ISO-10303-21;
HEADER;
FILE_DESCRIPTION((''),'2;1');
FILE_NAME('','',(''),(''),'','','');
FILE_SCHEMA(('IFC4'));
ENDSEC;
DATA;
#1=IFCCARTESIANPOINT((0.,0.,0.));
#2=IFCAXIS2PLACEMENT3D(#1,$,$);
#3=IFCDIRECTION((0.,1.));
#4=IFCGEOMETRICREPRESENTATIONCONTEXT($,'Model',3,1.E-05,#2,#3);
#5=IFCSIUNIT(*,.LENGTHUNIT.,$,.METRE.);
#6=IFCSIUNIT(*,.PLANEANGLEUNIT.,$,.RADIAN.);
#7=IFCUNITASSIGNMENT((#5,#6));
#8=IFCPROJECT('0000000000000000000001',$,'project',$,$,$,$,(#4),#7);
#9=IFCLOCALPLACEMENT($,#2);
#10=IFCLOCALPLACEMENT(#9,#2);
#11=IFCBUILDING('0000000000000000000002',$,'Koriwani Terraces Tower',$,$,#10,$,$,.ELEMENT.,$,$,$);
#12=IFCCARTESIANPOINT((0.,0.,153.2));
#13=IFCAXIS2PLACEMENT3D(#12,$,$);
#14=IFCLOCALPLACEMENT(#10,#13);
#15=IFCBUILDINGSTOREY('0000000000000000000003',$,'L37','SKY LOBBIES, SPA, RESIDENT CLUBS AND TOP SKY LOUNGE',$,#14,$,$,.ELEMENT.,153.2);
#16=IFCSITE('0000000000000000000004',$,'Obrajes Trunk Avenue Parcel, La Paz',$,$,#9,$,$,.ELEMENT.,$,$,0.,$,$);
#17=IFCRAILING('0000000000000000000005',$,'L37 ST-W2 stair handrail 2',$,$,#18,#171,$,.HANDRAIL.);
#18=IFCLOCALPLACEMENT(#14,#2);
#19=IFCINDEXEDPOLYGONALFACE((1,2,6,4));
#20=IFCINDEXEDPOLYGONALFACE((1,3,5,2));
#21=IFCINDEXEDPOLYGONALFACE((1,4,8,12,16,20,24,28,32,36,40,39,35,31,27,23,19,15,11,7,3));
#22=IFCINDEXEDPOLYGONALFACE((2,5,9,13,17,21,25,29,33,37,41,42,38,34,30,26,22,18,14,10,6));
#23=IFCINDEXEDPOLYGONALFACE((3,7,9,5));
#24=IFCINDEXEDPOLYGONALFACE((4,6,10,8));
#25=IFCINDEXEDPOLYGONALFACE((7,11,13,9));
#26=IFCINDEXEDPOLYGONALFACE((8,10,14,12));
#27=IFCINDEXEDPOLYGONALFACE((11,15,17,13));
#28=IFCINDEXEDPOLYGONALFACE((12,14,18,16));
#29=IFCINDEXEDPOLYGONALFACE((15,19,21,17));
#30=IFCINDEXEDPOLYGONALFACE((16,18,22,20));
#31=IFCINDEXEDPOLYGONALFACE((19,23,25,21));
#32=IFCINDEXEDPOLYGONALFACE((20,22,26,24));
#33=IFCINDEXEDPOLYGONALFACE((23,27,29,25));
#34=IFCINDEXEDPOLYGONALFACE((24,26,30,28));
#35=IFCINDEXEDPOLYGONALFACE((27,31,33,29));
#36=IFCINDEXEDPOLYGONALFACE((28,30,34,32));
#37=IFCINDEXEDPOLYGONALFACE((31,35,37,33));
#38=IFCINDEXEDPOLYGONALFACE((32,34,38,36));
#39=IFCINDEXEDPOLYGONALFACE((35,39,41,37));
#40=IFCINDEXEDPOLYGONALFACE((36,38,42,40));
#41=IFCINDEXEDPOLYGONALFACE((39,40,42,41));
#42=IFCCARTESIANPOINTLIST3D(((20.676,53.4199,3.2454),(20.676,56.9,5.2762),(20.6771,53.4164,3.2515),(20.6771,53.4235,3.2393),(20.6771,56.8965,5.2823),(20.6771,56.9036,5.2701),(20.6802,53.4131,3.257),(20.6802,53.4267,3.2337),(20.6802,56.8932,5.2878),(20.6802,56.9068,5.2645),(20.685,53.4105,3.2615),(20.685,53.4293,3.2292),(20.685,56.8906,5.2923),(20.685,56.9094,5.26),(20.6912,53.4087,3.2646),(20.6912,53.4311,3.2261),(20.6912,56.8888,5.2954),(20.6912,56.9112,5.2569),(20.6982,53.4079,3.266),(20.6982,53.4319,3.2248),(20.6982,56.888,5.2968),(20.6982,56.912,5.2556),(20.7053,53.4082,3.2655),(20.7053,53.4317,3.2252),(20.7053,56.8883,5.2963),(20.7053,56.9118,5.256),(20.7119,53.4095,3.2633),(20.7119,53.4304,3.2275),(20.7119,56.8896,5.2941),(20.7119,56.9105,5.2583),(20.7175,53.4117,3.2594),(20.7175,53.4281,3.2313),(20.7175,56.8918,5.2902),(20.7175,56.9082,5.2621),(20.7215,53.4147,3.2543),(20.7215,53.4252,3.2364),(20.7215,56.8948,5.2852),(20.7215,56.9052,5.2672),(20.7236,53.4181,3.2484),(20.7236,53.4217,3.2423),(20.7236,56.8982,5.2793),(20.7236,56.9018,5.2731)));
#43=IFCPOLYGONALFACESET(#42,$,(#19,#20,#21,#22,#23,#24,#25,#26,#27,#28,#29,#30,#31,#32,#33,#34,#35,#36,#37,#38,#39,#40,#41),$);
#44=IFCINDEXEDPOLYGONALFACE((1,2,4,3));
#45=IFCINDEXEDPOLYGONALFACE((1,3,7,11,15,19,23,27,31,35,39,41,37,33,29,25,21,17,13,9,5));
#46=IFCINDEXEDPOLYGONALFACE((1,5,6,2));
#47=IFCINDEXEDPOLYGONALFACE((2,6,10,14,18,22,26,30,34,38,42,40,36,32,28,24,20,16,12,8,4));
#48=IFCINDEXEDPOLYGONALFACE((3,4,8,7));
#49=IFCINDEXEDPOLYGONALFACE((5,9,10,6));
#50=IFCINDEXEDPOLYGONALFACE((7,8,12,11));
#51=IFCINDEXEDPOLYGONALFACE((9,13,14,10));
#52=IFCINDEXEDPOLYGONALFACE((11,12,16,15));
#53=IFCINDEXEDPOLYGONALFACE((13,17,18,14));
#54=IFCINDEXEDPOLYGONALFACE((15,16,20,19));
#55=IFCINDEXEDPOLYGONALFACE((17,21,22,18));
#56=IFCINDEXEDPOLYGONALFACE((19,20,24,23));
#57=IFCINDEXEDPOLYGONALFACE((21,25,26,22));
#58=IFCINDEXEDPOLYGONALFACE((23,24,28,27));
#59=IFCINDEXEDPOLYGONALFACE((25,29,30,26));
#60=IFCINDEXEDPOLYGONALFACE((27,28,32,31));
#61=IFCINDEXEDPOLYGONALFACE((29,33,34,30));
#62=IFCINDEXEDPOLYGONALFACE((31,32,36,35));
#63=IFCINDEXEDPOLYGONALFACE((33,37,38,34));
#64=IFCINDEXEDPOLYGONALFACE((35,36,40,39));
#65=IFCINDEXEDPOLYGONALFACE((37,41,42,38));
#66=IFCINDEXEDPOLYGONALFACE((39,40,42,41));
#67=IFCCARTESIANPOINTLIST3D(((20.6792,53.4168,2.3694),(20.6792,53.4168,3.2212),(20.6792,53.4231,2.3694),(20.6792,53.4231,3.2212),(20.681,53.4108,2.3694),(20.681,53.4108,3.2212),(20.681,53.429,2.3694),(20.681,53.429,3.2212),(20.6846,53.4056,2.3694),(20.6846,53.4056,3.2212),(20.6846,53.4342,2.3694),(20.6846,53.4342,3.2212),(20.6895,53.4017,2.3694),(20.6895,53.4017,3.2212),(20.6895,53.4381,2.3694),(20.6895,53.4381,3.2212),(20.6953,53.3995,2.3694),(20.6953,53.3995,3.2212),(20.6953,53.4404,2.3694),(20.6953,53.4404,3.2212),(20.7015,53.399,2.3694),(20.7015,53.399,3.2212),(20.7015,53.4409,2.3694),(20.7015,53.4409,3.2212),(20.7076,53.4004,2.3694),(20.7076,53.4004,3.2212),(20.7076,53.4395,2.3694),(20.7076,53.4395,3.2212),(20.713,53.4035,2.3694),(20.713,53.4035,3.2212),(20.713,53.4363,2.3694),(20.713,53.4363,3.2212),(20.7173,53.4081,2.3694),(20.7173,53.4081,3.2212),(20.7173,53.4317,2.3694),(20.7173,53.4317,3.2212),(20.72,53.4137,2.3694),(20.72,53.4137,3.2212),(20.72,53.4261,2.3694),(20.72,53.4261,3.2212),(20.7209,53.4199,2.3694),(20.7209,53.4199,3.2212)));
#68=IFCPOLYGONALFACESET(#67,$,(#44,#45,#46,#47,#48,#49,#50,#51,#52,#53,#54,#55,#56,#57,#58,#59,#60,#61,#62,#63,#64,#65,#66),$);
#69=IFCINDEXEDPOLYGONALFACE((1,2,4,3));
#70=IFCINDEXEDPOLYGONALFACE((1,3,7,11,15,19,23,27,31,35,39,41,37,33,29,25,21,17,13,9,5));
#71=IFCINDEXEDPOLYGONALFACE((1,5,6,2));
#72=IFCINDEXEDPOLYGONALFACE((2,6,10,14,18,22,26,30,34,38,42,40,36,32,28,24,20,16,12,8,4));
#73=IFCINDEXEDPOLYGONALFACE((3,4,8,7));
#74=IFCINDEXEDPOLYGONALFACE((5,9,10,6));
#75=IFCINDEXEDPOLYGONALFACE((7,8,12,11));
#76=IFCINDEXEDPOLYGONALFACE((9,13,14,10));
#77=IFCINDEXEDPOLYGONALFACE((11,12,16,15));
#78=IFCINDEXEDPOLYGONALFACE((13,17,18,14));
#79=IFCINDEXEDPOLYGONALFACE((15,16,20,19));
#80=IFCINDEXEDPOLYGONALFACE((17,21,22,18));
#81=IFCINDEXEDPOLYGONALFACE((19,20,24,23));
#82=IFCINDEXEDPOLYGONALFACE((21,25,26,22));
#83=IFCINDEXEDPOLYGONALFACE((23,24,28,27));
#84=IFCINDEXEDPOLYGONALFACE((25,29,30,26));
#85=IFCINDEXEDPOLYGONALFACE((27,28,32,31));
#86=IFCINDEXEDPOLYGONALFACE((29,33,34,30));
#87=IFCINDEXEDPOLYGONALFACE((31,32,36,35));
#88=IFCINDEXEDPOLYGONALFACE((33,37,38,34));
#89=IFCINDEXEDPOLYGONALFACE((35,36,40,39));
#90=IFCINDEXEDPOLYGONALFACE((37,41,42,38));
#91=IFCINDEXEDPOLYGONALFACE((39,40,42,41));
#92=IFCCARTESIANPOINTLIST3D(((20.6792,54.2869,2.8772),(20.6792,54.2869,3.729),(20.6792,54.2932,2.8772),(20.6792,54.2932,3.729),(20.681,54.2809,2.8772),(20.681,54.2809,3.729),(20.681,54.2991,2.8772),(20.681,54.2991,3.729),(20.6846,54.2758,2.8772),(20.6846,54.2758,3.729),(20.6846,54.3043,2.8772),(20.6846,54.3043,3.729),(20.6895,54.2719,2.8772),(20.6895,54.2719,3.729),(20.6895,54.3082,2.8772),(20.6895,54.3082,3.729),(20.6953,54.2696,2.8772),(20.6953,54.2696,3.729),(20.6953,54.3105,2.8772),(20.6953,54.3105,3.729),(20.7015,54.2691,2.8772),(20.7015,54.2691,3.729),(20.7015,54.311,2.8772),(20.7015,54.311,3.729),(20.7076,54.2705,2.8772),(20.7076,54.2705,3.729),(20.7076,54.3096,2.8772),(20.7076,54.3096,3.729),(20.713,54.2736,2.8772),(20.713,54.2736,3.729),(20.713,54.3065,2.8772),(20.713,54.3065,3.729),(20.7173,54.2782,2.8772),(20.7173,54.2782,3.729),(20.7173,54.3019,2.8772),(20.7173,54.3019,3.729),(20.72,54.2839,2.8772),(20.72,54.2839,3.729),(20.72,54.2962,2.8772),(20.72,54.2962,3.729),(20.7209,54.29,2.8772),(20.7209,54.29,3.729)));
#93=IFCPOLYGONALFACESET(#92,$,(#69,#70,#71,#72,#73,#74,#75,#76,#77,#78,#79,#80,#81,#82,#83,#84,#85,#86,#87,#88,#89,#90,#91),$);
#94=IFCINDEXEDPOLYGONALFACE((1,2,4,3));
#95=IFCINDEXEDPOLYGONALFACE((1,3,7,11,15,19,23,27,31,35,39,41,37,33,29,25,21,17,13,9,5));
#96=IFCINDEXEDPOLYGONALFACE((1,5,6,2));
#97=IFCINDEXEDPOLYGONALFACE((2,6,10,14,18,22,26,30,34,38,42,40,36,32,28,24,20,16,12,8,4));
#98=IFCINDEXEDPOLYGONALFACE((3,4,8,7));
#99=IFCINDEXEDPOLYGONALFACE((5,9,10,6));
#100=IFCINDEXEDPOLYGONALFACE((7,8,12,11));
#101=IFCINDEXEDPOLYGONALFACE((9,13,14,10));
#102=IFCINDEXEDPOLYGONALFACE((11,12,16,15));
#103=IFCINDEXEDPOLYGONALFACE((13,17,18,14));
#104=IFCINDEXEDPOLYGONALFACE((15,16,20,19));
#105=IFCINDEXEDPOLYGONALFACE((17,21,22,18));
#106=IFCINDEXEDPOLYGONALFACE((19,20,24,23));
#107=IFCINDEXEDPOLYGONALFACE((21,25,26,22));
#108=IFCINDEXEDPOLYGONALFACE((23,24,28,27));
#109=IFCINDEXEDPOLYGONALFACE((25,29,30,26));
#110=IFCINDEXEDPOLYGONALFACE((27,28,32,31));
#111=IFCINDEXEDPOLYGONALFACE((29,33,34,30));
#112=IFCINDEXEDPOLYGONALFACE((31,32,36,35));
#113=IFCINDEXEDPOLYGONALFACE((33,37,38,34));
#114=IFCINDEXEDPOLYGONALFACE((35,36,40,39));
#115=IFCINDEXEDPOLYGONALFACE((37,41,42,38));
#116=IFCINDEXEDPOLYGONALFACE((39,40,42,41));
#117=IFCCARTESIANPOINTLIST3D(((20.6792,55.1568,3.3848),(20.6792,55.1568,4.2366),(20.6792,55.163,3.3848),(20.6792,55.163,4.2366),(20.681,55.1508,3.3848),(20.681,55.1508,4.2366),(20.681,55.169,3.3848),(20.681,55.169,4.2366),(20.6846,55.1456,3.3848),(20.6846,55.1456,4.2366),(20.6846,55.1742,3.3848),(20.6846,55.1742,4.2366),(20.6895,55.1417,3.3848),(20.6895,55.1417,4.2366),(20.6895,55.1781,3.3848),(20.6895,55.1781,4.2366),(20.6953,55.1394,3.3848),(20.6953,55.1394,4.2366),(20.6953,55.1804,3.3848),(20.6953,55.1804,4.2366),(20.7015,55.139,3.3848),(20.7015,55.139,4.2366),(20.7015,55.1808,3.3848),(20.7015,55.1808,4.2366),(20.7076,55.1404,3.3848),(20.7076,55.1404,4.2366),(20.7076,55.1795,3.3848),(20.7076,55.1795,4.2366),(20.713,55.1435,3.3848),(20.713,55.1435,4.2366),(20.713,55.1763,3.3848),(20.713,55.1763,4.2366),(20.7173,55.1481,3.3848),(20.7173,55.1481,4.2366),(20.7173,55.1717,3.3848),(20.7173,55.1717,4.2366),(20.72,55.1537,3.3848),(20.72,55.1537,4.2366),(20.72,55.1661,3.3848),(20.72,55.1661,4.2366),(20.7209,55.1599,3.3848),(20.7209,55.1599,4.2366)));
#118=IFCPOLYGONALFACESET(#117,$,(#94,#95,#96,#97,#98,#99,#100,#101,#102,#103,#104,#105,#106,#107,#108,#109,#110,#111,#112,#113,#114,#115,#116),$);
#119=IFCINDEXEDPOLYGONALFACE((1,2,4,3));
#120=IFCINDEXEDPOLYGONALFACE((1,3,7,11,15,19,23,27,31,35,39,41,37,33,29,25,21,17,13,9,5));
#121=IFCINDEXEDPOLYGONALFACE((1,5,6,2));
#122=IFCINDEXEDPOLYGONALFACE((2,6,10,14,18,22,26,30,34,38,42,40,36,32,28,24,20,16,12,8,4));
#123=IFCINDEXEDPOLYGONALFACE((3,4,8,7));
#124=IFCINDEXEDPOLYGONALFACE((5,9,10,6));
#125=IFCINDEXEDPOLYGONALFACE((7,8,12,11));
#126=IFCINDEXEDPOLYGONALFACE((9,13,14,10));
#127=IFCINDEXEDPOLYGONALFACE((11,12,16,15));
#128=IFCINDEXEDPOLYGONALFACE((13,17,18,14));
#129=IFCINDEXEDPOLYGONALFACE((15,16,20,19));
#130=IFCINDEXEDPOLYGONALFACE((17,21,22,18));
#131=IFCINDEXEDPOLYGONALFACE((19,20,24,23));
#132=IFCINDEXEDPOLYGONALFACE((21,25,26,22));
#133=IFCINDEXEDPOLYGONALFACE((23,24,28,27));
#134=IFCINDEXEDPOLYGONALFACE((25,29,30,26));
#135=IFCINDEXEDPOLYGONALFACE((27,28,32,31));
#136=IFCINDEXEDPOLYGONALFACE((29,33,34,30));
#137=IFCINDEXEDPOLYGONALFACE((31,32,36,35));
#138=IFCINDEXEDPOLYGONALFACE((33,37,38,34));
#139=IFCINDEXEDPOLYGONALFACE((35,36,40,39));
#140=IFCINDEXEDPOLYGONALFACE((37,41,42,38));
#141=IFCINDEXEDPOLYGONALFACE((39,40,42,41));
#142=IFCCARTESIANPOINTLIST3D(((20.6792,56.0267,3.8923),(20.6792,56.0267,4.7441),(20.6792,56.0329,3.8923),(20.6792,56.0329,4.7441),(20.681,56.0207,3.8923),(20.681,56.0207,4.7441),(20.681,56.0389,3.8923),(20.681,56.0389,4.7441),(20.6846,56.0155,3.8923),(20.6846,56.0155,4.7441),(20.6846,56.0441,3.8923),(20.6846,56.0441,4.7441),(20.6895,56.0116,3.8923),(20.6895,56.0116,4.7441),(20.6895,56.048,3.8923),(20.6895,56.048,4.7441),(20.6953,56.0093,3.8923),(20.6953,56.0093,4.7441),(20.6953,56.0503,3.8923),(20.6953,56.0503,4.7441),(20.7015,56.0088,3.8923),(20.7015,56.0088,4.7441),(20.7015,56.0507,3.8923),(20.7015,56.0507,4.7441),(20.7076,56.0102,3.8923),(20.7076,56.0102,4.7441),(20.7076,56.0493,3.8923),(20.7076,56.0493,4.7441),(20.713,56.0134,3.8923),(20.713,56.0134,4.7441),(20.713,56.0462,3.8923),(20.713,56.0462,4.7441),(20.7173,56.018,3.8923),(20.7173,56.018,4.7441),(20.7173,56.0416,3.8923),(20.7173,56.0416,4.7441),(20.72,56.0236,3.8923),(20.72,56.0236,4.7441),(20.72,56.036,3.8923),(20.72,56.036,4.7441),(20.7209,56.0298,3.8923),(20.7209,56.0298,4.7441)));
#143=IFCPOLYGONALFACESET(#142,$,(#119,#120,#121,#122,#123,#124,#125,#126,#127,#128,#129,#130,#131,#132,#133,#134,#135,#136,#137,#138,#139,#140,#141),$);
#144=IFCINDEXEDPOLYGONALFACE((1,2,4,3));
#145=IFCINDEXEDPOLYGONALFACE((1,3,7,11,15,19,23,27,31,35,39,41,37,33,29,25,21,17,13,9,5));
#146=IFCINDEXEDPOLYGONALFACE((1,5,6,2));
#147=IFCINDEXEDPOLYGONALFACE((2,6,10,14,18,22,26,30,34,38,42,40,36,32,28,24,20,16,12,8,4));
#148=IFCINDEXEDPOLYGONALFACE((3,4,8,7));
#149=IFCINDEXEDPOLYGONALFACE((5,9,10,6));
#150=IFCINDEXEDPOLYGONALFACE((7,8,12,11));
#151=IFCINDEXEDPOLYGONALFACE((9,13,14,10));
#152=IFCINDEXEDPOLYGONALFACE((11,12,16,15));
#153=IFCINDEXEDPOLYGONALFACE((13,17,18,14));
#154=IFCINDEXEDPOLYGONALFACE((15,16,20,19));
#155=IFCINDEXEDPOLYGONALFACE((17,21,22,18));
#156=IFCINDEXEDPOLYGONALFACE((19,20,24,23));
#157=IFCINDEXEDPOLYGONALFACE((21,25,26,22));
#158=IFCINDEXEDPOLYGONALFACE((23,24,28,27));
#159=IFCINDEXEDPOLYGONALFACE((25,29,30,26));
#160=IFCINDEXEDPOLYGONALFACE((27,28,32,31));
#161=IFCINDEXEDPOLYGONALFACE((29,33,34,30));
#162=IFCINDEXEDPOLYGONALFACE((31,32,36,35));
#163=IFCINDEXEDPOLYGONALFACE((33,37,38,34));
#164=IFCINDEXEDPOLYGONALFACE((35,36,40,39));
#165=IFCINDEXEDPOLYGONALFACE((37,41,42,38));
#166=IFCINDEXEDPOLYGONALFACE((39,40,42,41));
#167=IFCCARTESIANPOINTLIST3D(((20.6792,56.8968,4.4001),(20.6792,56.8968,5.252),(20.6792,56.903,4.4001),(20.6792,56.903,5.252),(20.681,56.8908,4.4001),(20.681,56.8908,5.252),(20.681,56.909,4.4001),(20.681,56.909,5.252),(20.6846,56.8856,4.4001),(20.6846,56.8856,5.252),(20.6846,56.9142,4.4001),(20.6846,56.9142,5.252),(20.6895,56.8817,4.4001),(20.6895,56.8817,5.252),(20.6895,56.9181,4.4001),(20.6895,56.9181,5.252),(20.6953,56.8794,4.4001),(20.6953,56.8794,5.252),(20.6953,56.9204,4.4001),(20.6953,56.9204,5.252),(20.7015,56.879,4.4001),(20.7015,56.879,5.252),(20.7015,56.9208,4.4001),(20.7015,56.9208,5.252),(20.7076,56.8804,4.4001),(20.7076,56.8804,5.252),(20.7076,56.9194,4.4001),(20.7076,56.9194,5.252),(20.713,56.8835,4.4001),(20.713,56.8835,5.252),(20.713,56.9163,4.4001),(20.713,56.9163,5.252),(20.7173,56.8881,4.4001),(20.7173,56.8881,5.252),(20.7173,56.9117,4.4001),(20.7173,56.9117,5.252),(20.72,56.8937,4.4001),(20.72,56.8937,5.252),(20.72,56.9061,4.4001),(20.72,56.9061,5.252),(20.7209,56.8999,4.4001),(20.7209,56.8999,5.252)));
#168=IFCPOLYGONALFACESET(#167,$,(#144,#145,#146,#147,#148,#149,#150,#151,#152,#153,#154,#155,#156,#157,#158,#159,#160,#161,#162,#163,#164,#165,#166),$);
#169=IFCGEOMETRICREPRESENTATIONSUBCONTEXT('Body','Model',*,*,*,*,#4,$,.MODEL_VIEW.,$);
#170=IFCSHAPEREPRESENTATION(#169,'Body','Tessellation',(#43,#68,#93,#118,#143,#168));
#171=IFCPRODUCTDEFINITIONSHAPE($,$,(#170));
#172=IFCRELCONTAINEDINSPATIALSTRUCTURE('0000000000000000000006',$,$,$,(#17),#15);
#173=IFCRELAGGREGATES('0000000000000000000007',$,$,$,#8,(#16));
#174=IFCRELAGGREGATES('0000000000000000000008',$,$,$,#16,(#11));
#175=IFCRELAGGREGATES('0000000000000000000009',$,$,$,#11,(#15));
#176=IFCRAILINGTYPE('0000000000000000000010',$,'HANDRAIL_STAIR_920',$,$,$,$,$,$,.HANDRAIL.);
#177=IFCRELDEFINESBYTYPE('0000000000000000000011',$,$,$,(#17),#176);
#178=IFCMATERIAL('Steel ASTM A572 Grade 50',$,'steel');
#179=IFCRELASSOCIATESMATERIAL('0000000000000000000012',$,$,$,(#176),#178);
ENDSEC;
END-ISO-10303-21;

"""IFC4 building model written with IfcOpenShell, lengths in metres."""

from ifc_helpers import new_model, si_unit, direction, frame, origin, origin_2d, place, context, subcontext, project, spatial, circle, extrude, material, type_object, element, save


model = new_model("IFC4")

# Units and contexts
model_context = context("Model", 3, precision=1e-05, world=origin(), true_north=direction((0.0, 1.0)))
body_context = subcontext(model_context, "Body", "Model", "MODEL_VIEW")
ifc_project = project(units=[si_unit("LENGTHUNIT", "METRE"), si_unit("PLANEANGLEUNIT", "RADIAN")], contexts=[model_context])

# Site, building, storey
site_placement = place(None, origin())
site = spatial("IfcSite", under=ifc_project, at=site_placement, Name="Obrajes Trunk Avenue Parcel, La Paz", CompositionType="ELEMENT", RefElevation=0.0)
building_placement = place(site_placement, origin())
building = spatial("IfcBuilding", under=site, at=building_placement, Name="Koriwani Terraces Tower", CompositionType="ELEMENT")
storey_placement = place(building_placement, frame((0.0, 0.0, 153.2)))
storey = spatial("IfcBuildingStorey", under=building, at=storey_placement, Name="L37", Description="SKY LOBBIES, SPA, RESIDENT CLUBS AND TOP SKY LOUNGE", CompositionType="ELEMENT", Elevation=153.2)

# Shared definitions
ifc_material_1 = material(Name="Steel ASTM A572 Grade 50", Category="steel")

# Railing
railing_type_1 = type_object("IfcRailingType", Name="HANDRAIL_STAIR_920", PredefinedType="HANDRAIL", material=ifc_material_1)
railing_1_placement = place(storey_placement, frame((20.7, 53.4199, 2.3694)))
element("IfcRailing", 1, at=railing_1_placement, inside=storey, type_object=railing_type_1, Name="L37 ST-W2 stair handrail 2", PredefinedType="HANDRAIL", context=body_context, shape_type="SweptSolid", body=[
    extrude(circle(Radius=0.0239, at=origin_2d()), frame((0.0, 0.0, 0.876), z_axis=(0.0, 0.863695, 0.504014), x_axis=(-1.0, 0.0, 0.0)), (0.0, 0.0, 1.0), 4.0293),
    extrude(circle(Radius=0.021, at=origin_2d()), origin(), (0.0, 0.0, 1.0), 0.8518),
    extrude(circle(Radius=0.021, at=origin_2d()), frame((0.0, 0.8701, 0.5078)), (0.0, 0.0, 1.0), 0.8518),
    extrude(circle(Radius=0.021, at=origin_2d()), frame((0.0, 1.74, 1.0154)), (0.0, 0.0, 1.0), 0.8518),
    extrude(circle(Radius=0.021, at=origin_2d()), frame((0.0, 2.6099, 1.5229)), (0.0, 0.0, 1.0), 0.8518),
    extrude(circle(Radius=0.021, at=origin_2d()), frame((0.0, 3.48, 2.0308)), (0.0, 0.0, 1.0), 0.8518),
])

save(model, "model.ifc")
